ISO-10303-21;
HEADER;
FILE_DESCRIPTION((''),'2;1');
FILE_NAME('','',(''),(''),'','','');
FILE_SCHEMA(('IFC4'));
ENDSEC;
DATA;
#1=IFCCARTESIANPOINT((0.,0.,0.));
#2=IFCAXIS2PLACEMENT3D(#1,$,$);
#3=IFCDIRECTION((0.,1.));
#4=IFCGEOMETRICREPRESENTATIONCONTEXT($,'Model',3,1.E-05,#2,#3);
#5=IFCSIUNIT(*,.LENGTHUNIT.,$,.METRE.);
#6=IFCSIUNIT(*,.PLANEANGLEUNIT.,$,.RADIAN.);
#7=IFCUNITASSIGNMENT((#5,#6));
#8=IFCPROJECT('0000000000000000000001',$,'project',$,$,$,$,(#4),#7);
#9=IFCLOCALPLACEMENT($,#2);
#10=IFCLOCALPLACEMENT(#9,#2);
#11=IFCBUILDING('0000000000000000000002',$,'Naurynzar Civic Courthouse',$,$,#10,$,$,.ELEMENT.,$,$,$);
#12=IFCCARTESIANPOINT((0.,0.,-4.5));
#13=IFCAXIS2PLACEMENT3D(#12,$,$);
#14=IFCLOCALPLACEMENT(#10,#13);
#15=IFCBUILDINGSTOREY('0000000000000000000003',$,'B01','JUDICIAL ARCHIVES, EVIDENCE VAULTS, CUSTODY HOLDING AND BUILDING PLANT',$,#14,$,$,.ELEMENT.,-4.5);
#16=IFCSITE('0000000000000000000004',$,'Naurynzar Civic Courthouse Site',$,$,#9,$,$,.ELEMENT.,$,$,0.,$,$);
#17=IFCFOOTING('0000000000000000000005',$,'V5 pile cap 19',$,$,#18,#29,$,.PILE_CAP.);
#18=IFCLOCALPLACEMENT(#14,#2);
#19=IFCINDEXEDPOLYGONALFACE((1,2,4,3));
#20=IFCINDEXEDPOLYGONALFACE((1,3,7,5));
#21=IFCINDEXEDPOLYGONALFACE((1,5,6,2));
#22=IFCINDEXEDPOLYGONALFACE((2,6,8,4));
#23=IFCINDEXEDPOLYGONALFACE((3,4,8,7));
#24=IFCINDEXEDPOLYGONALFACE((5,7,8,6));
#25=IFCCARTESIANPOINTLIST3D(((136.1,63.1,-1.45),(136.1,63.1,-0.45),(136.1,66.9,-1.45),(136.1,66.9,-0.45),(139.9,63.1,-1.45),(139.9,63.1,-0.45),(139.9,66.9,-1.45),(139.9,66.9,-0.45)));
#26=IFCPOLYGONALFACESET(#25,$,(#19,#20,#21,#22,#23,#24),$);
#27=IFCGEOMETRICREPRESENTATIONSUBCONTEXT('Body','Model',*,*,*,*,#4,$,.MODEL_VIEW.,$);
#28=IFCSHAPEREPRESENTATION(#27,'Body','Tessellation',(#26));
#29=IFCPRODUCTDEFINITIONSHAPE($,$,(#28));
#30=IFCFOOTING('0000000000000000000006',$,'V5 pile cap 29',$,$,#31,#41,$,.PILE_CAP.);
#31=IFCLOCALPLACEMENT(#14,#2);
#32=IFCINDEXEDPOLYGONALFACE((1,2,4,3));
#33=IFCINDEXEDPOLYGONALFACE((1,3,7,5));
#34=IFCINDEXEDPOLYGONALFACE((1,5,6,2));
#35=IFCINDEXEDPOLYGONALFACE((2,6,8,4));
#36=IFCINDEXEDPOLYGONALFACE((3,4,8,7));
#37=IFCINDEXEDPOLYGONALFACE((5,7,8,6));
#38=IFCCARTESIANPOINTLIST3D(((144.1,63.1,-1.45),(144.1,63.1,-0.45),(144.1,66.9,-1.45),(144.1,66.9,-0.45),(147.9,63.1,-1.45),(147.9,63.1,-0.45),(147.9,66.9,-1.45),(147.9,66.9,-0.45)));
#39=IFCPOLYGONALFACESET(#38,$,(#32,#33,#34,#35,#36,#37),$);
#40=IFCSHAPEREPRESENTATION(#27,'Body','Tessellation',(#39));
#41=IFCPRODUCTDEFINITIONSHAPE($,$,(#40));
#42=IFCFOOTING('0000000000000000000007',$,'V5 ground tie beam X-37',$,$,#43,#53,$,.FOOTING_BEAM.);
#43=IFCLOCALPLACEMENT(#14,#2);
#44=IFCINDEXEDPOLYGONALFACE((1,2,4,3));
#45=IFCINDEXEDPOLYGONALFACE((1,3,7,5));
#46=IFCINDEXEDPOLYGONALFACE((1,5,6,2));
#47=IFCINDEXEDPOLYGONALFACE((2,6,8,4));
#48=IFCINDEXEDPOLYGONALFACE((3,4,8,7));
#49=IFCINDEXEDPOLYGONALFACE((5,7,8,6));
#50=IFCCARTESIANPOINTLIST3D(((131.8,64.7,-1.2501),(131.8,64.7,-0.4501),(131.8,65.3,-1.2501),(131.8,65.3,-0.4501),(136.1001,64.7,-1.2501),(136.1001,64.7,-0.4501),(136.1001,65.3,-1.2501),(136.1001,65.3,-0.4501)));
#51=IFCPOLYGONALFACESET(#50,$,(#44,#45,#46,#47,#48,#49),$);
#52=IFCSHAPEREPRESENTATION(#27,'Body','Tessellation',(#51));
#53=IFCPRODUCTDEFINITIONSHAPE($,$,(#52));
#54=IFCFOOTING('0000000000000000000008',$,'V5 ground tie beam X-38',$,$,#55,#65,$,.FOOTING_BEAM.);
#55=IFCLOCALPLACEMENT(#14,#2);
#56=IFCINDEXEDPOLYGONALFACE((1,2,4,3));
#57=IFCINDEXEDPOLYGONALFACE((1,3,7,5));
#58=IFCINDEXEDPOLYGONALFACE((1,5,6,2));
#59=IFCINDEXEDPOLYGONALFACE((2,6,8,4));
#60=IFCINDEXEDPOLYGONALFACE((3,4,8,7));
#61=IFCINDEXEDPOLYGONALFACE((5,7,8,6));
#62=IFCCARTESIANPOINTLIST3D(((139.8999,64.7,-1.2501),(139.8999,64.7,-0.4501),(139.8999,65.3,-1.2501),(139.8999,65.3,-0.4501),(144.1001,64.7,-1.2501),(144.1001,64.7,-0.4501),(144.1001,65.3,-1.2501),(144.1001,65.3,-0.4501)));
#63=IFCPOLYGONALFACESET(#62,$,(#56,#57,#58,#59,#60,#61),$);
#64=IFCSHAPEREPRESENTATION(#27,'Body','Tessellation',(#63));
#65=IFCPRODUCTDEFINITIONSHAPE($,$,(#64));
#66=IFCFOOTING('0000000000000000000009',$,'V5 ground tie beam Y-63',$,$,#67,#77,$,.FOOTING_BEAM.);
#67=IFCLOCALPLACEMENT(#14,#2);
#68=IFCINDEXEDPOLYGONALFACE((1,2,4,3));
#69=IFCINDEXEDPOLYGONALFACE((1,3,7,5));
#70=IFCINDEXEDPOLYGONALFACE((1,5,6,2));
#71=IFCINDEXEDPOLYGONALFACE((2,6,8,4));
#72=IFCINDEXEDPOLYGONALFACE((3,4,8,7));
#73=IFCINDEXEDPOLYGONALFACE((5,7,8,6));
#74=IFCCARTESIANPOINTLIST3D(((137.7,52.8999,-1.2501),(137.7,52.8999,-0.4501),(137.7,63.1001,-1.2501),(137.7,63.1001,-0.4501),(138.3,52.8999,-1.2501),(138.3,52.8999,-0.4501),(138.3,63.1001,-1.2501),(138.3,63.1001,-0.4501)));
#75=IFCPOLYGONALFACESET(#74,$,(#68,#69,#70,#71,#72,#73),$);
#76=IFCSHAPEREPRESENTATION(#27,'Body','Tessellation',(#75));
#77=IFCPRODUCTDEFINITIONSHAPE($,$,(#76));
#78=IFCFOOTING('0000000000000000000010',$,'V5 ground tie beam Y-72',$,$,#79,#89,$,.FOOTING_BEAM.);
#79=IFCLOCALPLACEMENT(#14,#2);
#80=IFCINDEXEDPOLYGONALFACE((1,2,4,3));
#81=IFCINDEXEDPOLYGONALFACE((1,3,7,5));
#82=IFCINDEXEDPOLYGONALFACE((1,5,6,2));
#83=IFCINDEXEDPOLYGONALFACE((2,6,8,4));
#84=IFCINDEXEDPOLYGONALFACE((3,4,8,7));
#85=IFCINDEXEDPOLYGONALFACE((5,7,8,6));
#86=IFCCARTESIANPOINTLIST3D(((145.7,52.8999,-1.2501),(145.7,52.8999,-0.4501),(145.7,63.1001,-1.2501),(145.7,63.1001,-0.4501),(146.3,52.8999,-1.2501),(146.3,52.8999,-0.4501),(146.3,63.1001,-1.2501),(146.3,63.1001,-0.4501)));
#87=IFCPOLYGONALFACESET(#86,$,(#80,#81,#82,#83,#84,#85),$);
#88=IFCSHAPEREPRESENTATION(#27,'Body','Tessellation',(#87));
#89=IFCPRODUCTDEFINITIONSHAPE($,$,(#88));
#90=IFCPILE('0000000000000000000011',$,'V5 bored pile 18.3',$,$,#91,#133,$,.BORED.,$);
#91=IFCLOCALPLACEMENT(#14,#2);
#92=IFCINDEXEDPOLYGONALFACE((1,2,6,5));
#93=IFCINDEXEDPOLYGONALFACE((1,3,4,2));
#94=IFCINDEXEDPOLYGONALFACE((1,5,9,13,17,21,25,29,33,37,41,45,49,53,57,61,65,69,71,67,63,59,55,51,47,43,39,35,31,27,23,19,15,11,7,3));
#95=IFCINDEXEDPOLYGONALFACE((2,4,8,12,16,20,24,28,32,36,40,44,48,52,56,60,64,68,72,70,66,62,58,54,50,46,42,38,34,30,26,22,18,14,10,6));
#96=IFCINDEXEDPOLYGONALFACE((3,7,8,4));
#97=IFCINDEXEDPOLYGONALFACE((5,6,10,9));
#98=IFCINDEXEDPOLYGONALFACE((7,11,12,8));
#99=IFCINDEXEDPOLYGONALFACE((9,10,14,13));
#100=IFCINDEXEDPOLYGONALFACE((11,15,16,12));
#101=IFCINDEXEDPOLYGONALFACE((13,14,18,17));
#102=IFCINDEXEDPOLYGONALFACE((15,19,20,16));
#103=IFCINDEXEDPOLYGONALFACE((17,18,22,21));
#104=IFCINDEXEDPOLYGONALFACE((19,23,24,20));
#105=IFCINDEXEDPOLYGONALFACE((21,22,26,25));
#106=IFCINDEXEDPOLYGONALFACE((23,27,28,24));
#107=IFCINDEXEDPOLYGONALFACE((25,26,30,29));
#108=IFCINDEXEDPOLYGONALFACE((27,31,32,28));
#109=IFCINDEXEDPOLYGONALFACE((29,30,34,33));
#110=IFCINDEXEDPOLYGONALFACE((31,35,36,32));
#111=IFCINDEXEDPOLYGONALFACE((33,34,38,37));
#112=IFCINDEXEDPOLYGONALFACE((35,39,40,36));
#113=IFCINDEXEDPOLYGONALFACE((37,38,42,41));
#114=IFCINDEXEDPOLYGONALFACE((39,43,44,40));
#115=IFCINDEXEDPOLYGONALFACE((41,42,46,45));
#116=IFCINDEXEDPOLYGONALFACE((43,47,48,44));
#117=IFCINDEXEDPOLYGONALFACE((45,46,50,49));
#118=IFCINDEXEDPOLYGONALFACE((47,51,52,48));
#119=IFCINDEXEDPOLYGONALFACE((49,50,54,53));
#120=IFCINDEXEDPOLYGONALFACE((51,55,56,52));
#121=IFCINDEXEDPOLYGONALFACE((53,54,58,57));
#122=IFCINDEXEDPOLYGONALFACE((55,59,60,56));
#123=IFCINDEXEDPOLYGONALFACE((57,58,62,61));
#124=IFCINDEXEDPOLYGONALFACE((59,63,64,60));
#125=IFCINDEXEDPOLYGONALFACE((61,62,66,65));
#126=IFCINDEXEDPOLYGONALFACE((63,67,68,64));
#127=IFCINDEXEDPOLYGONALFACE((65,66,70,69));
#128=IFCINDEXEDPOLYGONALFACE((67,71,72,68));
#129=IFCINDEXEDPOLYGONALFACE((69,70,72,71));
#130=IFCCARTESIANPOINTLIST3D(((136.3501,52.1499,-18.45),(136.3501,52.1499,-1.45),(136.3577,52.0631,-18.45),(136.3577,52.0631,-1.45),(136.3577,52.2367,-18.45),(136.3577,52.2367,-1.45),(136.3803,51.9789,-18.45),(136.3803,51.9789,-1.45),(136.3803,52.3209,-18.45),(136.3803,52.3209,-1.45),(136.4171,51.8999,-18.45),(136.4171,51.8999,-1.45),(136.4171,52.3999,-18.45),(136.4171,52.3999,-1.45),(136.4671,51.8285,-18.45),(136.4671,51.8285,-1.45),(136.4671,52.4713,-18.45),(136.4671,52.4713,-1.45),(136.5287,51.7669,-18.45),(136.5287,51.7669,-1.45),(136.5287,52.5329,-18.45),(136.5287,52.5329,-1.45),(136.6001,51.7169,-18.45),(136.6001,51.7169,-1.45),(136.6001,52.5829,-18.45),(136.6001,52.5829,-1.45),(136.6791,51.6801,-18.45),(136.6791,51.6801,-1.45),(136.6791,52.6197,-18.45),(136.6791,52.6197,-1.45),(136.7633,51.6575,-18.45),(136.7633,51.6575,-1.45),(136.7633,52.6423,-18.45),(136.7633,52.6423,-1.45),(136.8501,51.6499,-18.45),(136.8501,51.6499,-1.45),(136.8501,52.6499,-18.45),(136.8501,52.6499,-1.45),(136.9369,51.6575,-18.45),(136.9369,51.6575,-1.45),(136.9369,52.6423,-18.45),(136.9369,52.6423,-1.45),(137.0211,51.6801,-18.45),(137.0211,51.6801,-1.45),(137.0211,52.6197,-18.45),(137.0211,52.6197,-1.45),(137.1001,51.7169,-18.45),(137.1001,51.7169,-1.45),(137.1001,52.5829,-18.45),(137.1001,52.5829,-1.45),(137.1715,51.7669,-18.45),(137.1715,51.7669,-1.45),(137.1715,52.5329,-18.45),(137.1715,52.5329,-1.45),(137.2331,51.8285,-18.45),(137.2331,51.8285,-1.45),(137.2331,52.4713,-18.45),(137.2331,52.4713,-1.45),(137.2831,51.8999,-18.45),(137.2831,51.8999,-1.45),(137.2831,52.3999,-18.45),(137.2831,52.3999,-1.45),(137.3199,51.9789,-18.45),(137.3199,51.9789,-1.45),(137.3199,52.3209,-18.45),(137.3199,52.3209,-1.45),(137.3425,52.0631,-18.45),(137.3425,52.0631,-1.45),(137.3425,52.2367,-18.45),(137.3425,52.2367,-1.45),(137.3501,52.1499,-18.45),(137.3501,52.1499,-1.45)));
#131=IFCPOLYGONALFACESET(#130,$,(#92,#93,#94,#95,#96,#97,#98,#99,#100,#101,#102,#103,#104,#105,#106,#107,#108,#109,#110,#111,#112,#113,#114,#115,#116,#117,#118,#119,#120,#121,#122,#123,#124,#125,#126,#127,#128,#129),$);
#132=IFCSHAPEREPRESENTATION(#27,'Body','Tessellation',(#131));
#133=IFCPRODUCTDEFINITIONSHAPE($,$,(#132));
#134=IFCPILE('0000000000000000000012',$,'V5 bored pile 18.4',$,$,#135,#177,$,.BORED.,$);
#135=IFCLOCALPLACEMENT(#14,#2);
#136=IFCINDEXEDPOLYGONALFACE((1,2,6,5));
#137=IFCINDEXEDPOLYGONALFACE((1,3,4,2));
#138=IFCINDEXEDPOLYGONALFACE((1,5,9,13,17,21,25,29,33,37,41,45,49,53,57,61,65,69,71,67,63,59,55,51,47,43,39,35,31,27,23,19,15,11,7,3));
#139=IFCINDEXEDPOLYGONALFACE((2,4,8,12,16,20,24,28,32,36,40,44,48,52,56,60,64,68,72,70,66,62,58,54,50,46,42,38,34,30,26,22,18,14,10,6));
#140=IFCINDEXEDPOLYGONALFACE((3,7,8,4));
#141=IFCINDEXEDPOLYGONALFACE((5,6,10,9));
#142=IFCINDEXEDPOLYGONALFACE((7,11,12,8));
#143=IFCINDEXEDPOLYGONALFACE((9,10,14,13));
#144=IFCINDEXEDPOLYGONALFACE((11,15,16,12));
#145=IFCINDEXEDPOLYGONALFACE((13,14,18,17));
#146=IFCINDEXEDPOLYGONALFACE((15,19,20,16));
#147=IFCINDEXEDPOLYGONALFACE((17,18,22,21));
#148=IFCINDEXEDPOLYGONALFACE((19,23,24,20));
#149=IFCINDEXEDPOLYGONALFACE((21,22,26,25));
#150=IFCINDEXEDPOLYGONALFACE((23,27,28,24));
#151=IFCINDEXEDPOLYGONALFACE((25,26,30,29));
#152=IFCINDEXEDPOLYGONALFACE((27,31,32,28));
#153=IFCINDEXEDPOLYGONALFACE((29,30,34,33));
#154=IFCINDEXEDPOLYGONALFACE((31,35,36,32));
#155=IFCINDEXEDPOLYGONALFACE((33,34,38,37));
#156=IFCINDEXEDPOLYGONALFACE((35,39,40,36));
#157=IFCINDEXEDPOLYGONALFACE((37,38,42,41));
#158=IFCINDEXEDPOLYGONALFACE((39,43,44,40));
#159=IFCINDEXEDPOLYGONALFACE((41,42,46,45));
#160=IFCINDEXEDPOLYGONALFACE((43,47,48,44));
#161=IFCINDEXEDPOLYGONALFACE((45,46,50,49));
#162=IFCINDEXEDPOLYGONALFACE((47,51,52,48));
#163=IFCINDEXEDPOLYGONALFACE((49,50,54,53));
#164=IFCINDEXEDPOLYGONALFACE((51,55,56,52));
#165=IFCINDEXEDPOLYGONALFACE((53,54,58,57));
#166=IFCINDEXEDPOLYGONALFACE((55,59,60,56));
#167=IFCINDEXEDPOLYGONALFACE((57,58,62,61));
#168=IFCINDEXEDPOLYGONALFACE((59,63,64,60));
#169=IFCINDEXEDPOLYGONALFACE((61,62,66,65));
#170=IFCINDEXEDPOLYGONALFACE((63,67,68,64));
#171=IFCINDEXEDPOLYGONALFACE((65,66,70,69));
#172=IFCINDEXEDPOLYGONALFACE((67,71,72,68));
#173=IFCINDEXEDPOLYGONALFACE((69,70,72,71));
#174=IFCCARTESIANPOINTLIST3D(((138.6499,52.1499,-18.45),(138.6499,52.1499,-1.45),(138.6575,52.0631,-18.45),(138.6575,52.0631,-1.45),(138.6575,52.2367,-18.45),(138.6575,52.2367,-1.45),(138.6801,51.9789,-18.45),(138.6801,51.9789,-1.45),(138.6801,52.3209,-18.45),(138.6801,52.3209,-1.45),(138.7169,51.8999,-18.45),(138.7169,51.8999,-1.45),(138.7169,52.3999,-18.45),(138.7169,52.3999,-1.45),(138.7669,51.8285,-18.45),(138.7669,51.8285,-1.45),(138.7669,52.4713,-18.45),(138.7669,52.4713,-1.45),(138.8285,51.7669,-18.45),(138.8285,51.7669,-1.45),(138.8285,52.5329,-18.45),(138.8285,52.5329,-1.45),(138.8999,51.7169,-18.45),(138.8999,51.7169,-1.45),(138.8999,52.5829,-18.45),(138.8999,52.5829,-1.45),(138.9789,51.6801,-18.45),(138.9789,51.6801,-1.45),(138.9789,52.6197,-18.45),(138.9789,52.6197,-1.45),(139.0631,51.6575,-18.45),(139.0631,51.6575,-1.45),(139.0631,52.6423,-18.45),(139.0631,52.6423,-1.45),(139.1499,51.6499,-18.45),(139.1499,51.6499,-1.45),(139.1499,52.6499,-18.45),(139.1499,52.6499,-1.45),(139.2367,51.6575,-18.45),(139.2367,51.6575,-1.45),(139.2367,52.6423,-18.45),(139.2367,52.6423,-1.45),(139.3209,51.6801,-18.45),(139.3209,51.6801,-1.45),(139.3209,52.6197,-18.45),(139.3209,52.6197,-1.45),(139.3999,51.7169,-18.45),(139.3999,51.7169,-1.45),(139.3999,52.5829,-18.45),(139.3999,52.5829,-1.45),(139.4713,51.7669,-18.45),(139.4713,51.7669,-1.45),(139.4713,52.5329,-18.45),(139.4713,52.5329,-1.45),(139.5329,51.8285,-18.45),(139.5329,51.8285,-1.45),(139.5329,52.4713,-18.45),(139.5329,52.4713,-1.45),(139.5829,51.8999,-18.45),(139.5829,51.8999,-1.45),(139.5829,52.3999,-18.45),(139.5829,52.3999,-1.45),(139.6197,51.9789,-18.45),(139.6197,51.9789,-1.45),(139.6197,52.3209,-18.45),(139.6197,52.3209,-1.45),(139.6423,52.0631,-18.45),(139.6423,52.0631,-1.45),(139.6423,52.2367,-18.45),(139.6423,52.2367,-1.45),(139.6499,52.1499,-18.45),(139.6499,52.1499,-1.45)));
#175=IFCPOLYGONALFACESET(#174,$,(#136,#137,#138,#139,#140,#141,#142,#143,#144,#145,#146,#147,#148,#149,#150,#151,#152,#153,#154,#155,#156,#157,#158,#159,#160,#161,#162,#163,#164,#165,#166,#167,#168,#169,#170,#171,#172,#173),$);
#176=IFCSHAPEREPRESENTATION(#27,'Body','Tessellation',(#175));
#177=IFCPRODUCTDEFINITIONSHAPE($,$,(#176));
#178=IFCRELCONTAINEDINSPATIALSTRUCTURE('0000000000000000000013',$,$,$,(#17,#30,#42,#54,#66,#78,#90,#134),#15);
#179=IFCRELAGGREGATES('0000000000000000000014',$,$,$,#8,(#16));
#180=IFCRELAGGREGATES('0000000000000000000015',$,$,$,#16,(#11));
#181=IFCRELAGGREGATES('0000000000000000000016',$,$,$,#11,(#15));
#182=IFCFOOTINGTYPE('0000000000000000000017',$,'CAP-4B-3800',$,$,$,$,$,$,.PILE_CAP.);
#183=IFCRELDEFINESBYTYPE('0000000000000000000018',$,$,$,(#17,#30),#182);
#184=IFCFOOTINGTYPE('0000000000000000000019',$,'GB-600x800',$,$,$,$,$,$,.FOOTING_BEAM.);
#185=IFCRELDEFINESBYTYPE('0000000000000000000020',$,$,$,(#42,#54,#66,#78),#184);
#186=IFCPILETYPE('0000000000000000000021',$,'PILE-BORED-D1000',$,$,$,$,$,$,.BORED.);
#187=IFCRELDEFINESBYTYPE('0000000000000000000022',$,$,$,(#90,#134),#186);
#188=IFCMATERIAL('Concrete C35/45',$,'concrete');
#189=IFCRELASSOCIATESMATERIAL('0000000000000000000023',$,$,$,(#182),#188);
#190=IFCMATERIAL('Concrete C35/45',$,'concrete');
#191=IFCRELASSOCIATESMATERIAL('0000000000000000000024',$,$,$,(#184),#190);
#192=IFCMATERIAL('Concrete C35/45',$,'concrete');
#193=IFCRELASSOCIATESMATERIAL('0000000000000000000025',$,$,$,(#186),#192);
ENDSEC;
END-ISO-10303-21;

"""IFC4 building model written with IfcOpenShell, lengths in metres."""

from ifc_helpers import new_model, si_unit, direction, frame, origin, origin_2d, place, context, subcontext, project, spatial, rectangle, circle, extrude, material, material_profile, profile_set, type_object, element, save


model = new_model("IFC4")

# Units and contexts
model_context = context("Model", 3, precision=1e-05, world=origin(), true_north=direction((0.0, 1.0)))
body_context = subcontext(model_context, "Body", "Model", "MODEL_VIEW")
ifc_project = project(units=[si_unit("LENGTHUNIT", "METRE"), si_unit("PLANEANGLEUNIT", "RADIAN")], contexts=[model_context])

# Site, building, storey
site_placement = place(None, origin())
site = spatial("IfcSite", under=ifc_project, at=site_placement, Name="Naurynzar Civic Courthouse Site", CompositionType="ELEMENT", RefElevation=0.0)
building_placement = place(site_placement, origin())
building = spatial("IfcBuilding", under=site, at=building_placement, Name="Naurynzar Civic Courthouse", CompositionType="ELEMENT")
storey_placement = place(building_placement, frame((0.0, 0.0, -4.5)))
storey = spatial("IfcBuildingStorey", under=building, at=storey_placement, Name="B01", Description="JUDICIAL ARCHIVES, EVIDENCE VAULTS, CUSTODY HOLDING AND BUILDING PLANT", CompositionType="ELEMENT", Elevation=-4.5)

# Footings
ifc_material_1 = material(Name="Concrete C35/45", Category="concrete")
footing_type_1 = type_object("IfcFootingType", Name="CAP-4B-3800", PredefinedType="PILE_CAP", material=ifc_material_1)
for number, where, z_axis, x_axis, name in (
    (1, (138.0, 65.0, -1.45), (0.0, 0.0, 1.0), (1.0, 0.0, 0.0), "V5 pile cap 19"),
    (2, (146.0, 65.0, -1.45), (0.0, 0.0, 1.0), (1.0, 0.0, 0.0), "V5 pile cap 29"),
):
    element("IfcFooting", number, at=place(storey_placement, frame(where, z_axis=z_axis, x_axis=x_axis)), inside=storey, type_object=footing_type_1, Name=name, PredefinedType="PILE_CAP", context=body_context, shape_type="SweptSolid", body=[
        extrude(rectangle(XDim=3.8, YDim=3.8, at=origin_2d()), origin(), (0.0, 0.0, 1.0), 1.0),
    ])
ifc_material_2 = material(Name="Concrete C35/45", Category="concrete")
ifc_material_profile_1 = material_profile(ifc_material_2, rectangle(XDim=0.6001, YDim=0.8, at=origin_2d()), Name="GB 600x800")
ifc_profile_set_1 = profile_set([ifc_material_profile_1], Name="Concrete C35/45")
footing_type_2 = type_object("IfcFootingType", Name="GB-600x800", PredefinedType="FOOTING_BEAM", material=ifc_profile_set_1)
footing_1_placement = place(storey_placement, frame((131.8, 65.0, -0.8501), z_axis=(1.0, 0.0, 0.0), x_axis=(0.0, 1.0, 0.0)))
element("IfcFooting", 3, at=footing_1_placement, inside=storey, type_object=footing_type_2, Name="V5 ground tie beam X-37", PredefinedType="FOOTING_BEAM", context=body_context, shape_type="SweptSolid", body=[
    extrude(rectangle(XDim=0.6001, YDim=0.8, at=origin_2d()), origin(), (0.0, 0.0, 1.0), 4.3),
])
footing_2_placement = place(storey_placement, frame((139.8999, 65.0, -0.8501), z_axis=(1.0, 0.0, 0.0), x_axis=(0.0, 1.0, 0.0)))
element("IfcFooting", 4, at=footing_2_placement, inside=storey, type_object=footing_type_2, Name="V5 ground tie beam X-38", PredefinedType="FOOTING_BEAM", context=body_context, shape_type="SweptSolid", body=[
    extrude(rectangle(XDim=0.6001, YDim=0.8, at=origin_2d()), origin(), (0.0, 0.0, 1.0), 4.2002),
])
for number, where, z_axis, x_axis, name in (
    (5, (138.0, 52.8999, -0.8501), (0.0, 1.0, 0.0), (-1.0, 0.0, 0.0), "V5 ground tie beam Y-63"),
    (6, (146.0, 52.8999, -0.8501), (0.0, 1.0, 0.0), (-1.0, 0.0, 0.0), "V5 ground tie beam Y-72"),
):
    element("IfcFooting", number, at=place(storey_placement, frame(where, z_axis=z_axis, x_axis=x_axis)), inside=storey, type_object=footing_type_2, Name=name, PredefinedType="FOOTING_BEAM", context=body_context, shape_type="SweptSolid", body=[
        extrude(rectangle(XDim=0.6001, YDim=0.8, at=origin_2d()), origin(), (0.0, 0.0, 1.0), 10.2002),
    ])

# Piles
ifc_material_3 = material(Name="Concrete C35/45", Category="concrete")
ifc_material_profile_2 = material_profile(ifc_material_3, circle(Radius=0.5, at=origin_2d()), Name="PILE D1000")
ifc_profile_set_2 = profile_set([ifc_material_profile_2], Name="Concrete C35/45")
pile_type_1 = type_object("IfcPileType", Name="PILE-BORED-D1000", PredefinedType="BORED", material=ifc_profile_set_2)
for number, where, z_axis, x_axis, name in (
    (7, (136.8501, 52.1499, -1.45), (0.0, 0.0, -1.0), (1.0, 0.0, 0.0), "V5 bored pile 18.3"),
    (8, (139.1499, 52.1499, -1.45), (0.0, 0.0, -1.0), (1.0, 0.0, 0.0), "V5 bored pile 18.4"),
):
    element("IfcPile", number, at=place(storey_placement, frame(where, z_axis=z_axis, x_axis=x_axis)), inside=storey, type_object=pile_type_1, Name=name, PredefinedType="BORED", context=body_context, shape_type="SweptSolid", body=[
        extrude(circle(Radius=0.5, at=origin_2d()), origin(), (0.0, 0.0, 1.0), 17.0),
    ])

save(model, "model.ifc")
